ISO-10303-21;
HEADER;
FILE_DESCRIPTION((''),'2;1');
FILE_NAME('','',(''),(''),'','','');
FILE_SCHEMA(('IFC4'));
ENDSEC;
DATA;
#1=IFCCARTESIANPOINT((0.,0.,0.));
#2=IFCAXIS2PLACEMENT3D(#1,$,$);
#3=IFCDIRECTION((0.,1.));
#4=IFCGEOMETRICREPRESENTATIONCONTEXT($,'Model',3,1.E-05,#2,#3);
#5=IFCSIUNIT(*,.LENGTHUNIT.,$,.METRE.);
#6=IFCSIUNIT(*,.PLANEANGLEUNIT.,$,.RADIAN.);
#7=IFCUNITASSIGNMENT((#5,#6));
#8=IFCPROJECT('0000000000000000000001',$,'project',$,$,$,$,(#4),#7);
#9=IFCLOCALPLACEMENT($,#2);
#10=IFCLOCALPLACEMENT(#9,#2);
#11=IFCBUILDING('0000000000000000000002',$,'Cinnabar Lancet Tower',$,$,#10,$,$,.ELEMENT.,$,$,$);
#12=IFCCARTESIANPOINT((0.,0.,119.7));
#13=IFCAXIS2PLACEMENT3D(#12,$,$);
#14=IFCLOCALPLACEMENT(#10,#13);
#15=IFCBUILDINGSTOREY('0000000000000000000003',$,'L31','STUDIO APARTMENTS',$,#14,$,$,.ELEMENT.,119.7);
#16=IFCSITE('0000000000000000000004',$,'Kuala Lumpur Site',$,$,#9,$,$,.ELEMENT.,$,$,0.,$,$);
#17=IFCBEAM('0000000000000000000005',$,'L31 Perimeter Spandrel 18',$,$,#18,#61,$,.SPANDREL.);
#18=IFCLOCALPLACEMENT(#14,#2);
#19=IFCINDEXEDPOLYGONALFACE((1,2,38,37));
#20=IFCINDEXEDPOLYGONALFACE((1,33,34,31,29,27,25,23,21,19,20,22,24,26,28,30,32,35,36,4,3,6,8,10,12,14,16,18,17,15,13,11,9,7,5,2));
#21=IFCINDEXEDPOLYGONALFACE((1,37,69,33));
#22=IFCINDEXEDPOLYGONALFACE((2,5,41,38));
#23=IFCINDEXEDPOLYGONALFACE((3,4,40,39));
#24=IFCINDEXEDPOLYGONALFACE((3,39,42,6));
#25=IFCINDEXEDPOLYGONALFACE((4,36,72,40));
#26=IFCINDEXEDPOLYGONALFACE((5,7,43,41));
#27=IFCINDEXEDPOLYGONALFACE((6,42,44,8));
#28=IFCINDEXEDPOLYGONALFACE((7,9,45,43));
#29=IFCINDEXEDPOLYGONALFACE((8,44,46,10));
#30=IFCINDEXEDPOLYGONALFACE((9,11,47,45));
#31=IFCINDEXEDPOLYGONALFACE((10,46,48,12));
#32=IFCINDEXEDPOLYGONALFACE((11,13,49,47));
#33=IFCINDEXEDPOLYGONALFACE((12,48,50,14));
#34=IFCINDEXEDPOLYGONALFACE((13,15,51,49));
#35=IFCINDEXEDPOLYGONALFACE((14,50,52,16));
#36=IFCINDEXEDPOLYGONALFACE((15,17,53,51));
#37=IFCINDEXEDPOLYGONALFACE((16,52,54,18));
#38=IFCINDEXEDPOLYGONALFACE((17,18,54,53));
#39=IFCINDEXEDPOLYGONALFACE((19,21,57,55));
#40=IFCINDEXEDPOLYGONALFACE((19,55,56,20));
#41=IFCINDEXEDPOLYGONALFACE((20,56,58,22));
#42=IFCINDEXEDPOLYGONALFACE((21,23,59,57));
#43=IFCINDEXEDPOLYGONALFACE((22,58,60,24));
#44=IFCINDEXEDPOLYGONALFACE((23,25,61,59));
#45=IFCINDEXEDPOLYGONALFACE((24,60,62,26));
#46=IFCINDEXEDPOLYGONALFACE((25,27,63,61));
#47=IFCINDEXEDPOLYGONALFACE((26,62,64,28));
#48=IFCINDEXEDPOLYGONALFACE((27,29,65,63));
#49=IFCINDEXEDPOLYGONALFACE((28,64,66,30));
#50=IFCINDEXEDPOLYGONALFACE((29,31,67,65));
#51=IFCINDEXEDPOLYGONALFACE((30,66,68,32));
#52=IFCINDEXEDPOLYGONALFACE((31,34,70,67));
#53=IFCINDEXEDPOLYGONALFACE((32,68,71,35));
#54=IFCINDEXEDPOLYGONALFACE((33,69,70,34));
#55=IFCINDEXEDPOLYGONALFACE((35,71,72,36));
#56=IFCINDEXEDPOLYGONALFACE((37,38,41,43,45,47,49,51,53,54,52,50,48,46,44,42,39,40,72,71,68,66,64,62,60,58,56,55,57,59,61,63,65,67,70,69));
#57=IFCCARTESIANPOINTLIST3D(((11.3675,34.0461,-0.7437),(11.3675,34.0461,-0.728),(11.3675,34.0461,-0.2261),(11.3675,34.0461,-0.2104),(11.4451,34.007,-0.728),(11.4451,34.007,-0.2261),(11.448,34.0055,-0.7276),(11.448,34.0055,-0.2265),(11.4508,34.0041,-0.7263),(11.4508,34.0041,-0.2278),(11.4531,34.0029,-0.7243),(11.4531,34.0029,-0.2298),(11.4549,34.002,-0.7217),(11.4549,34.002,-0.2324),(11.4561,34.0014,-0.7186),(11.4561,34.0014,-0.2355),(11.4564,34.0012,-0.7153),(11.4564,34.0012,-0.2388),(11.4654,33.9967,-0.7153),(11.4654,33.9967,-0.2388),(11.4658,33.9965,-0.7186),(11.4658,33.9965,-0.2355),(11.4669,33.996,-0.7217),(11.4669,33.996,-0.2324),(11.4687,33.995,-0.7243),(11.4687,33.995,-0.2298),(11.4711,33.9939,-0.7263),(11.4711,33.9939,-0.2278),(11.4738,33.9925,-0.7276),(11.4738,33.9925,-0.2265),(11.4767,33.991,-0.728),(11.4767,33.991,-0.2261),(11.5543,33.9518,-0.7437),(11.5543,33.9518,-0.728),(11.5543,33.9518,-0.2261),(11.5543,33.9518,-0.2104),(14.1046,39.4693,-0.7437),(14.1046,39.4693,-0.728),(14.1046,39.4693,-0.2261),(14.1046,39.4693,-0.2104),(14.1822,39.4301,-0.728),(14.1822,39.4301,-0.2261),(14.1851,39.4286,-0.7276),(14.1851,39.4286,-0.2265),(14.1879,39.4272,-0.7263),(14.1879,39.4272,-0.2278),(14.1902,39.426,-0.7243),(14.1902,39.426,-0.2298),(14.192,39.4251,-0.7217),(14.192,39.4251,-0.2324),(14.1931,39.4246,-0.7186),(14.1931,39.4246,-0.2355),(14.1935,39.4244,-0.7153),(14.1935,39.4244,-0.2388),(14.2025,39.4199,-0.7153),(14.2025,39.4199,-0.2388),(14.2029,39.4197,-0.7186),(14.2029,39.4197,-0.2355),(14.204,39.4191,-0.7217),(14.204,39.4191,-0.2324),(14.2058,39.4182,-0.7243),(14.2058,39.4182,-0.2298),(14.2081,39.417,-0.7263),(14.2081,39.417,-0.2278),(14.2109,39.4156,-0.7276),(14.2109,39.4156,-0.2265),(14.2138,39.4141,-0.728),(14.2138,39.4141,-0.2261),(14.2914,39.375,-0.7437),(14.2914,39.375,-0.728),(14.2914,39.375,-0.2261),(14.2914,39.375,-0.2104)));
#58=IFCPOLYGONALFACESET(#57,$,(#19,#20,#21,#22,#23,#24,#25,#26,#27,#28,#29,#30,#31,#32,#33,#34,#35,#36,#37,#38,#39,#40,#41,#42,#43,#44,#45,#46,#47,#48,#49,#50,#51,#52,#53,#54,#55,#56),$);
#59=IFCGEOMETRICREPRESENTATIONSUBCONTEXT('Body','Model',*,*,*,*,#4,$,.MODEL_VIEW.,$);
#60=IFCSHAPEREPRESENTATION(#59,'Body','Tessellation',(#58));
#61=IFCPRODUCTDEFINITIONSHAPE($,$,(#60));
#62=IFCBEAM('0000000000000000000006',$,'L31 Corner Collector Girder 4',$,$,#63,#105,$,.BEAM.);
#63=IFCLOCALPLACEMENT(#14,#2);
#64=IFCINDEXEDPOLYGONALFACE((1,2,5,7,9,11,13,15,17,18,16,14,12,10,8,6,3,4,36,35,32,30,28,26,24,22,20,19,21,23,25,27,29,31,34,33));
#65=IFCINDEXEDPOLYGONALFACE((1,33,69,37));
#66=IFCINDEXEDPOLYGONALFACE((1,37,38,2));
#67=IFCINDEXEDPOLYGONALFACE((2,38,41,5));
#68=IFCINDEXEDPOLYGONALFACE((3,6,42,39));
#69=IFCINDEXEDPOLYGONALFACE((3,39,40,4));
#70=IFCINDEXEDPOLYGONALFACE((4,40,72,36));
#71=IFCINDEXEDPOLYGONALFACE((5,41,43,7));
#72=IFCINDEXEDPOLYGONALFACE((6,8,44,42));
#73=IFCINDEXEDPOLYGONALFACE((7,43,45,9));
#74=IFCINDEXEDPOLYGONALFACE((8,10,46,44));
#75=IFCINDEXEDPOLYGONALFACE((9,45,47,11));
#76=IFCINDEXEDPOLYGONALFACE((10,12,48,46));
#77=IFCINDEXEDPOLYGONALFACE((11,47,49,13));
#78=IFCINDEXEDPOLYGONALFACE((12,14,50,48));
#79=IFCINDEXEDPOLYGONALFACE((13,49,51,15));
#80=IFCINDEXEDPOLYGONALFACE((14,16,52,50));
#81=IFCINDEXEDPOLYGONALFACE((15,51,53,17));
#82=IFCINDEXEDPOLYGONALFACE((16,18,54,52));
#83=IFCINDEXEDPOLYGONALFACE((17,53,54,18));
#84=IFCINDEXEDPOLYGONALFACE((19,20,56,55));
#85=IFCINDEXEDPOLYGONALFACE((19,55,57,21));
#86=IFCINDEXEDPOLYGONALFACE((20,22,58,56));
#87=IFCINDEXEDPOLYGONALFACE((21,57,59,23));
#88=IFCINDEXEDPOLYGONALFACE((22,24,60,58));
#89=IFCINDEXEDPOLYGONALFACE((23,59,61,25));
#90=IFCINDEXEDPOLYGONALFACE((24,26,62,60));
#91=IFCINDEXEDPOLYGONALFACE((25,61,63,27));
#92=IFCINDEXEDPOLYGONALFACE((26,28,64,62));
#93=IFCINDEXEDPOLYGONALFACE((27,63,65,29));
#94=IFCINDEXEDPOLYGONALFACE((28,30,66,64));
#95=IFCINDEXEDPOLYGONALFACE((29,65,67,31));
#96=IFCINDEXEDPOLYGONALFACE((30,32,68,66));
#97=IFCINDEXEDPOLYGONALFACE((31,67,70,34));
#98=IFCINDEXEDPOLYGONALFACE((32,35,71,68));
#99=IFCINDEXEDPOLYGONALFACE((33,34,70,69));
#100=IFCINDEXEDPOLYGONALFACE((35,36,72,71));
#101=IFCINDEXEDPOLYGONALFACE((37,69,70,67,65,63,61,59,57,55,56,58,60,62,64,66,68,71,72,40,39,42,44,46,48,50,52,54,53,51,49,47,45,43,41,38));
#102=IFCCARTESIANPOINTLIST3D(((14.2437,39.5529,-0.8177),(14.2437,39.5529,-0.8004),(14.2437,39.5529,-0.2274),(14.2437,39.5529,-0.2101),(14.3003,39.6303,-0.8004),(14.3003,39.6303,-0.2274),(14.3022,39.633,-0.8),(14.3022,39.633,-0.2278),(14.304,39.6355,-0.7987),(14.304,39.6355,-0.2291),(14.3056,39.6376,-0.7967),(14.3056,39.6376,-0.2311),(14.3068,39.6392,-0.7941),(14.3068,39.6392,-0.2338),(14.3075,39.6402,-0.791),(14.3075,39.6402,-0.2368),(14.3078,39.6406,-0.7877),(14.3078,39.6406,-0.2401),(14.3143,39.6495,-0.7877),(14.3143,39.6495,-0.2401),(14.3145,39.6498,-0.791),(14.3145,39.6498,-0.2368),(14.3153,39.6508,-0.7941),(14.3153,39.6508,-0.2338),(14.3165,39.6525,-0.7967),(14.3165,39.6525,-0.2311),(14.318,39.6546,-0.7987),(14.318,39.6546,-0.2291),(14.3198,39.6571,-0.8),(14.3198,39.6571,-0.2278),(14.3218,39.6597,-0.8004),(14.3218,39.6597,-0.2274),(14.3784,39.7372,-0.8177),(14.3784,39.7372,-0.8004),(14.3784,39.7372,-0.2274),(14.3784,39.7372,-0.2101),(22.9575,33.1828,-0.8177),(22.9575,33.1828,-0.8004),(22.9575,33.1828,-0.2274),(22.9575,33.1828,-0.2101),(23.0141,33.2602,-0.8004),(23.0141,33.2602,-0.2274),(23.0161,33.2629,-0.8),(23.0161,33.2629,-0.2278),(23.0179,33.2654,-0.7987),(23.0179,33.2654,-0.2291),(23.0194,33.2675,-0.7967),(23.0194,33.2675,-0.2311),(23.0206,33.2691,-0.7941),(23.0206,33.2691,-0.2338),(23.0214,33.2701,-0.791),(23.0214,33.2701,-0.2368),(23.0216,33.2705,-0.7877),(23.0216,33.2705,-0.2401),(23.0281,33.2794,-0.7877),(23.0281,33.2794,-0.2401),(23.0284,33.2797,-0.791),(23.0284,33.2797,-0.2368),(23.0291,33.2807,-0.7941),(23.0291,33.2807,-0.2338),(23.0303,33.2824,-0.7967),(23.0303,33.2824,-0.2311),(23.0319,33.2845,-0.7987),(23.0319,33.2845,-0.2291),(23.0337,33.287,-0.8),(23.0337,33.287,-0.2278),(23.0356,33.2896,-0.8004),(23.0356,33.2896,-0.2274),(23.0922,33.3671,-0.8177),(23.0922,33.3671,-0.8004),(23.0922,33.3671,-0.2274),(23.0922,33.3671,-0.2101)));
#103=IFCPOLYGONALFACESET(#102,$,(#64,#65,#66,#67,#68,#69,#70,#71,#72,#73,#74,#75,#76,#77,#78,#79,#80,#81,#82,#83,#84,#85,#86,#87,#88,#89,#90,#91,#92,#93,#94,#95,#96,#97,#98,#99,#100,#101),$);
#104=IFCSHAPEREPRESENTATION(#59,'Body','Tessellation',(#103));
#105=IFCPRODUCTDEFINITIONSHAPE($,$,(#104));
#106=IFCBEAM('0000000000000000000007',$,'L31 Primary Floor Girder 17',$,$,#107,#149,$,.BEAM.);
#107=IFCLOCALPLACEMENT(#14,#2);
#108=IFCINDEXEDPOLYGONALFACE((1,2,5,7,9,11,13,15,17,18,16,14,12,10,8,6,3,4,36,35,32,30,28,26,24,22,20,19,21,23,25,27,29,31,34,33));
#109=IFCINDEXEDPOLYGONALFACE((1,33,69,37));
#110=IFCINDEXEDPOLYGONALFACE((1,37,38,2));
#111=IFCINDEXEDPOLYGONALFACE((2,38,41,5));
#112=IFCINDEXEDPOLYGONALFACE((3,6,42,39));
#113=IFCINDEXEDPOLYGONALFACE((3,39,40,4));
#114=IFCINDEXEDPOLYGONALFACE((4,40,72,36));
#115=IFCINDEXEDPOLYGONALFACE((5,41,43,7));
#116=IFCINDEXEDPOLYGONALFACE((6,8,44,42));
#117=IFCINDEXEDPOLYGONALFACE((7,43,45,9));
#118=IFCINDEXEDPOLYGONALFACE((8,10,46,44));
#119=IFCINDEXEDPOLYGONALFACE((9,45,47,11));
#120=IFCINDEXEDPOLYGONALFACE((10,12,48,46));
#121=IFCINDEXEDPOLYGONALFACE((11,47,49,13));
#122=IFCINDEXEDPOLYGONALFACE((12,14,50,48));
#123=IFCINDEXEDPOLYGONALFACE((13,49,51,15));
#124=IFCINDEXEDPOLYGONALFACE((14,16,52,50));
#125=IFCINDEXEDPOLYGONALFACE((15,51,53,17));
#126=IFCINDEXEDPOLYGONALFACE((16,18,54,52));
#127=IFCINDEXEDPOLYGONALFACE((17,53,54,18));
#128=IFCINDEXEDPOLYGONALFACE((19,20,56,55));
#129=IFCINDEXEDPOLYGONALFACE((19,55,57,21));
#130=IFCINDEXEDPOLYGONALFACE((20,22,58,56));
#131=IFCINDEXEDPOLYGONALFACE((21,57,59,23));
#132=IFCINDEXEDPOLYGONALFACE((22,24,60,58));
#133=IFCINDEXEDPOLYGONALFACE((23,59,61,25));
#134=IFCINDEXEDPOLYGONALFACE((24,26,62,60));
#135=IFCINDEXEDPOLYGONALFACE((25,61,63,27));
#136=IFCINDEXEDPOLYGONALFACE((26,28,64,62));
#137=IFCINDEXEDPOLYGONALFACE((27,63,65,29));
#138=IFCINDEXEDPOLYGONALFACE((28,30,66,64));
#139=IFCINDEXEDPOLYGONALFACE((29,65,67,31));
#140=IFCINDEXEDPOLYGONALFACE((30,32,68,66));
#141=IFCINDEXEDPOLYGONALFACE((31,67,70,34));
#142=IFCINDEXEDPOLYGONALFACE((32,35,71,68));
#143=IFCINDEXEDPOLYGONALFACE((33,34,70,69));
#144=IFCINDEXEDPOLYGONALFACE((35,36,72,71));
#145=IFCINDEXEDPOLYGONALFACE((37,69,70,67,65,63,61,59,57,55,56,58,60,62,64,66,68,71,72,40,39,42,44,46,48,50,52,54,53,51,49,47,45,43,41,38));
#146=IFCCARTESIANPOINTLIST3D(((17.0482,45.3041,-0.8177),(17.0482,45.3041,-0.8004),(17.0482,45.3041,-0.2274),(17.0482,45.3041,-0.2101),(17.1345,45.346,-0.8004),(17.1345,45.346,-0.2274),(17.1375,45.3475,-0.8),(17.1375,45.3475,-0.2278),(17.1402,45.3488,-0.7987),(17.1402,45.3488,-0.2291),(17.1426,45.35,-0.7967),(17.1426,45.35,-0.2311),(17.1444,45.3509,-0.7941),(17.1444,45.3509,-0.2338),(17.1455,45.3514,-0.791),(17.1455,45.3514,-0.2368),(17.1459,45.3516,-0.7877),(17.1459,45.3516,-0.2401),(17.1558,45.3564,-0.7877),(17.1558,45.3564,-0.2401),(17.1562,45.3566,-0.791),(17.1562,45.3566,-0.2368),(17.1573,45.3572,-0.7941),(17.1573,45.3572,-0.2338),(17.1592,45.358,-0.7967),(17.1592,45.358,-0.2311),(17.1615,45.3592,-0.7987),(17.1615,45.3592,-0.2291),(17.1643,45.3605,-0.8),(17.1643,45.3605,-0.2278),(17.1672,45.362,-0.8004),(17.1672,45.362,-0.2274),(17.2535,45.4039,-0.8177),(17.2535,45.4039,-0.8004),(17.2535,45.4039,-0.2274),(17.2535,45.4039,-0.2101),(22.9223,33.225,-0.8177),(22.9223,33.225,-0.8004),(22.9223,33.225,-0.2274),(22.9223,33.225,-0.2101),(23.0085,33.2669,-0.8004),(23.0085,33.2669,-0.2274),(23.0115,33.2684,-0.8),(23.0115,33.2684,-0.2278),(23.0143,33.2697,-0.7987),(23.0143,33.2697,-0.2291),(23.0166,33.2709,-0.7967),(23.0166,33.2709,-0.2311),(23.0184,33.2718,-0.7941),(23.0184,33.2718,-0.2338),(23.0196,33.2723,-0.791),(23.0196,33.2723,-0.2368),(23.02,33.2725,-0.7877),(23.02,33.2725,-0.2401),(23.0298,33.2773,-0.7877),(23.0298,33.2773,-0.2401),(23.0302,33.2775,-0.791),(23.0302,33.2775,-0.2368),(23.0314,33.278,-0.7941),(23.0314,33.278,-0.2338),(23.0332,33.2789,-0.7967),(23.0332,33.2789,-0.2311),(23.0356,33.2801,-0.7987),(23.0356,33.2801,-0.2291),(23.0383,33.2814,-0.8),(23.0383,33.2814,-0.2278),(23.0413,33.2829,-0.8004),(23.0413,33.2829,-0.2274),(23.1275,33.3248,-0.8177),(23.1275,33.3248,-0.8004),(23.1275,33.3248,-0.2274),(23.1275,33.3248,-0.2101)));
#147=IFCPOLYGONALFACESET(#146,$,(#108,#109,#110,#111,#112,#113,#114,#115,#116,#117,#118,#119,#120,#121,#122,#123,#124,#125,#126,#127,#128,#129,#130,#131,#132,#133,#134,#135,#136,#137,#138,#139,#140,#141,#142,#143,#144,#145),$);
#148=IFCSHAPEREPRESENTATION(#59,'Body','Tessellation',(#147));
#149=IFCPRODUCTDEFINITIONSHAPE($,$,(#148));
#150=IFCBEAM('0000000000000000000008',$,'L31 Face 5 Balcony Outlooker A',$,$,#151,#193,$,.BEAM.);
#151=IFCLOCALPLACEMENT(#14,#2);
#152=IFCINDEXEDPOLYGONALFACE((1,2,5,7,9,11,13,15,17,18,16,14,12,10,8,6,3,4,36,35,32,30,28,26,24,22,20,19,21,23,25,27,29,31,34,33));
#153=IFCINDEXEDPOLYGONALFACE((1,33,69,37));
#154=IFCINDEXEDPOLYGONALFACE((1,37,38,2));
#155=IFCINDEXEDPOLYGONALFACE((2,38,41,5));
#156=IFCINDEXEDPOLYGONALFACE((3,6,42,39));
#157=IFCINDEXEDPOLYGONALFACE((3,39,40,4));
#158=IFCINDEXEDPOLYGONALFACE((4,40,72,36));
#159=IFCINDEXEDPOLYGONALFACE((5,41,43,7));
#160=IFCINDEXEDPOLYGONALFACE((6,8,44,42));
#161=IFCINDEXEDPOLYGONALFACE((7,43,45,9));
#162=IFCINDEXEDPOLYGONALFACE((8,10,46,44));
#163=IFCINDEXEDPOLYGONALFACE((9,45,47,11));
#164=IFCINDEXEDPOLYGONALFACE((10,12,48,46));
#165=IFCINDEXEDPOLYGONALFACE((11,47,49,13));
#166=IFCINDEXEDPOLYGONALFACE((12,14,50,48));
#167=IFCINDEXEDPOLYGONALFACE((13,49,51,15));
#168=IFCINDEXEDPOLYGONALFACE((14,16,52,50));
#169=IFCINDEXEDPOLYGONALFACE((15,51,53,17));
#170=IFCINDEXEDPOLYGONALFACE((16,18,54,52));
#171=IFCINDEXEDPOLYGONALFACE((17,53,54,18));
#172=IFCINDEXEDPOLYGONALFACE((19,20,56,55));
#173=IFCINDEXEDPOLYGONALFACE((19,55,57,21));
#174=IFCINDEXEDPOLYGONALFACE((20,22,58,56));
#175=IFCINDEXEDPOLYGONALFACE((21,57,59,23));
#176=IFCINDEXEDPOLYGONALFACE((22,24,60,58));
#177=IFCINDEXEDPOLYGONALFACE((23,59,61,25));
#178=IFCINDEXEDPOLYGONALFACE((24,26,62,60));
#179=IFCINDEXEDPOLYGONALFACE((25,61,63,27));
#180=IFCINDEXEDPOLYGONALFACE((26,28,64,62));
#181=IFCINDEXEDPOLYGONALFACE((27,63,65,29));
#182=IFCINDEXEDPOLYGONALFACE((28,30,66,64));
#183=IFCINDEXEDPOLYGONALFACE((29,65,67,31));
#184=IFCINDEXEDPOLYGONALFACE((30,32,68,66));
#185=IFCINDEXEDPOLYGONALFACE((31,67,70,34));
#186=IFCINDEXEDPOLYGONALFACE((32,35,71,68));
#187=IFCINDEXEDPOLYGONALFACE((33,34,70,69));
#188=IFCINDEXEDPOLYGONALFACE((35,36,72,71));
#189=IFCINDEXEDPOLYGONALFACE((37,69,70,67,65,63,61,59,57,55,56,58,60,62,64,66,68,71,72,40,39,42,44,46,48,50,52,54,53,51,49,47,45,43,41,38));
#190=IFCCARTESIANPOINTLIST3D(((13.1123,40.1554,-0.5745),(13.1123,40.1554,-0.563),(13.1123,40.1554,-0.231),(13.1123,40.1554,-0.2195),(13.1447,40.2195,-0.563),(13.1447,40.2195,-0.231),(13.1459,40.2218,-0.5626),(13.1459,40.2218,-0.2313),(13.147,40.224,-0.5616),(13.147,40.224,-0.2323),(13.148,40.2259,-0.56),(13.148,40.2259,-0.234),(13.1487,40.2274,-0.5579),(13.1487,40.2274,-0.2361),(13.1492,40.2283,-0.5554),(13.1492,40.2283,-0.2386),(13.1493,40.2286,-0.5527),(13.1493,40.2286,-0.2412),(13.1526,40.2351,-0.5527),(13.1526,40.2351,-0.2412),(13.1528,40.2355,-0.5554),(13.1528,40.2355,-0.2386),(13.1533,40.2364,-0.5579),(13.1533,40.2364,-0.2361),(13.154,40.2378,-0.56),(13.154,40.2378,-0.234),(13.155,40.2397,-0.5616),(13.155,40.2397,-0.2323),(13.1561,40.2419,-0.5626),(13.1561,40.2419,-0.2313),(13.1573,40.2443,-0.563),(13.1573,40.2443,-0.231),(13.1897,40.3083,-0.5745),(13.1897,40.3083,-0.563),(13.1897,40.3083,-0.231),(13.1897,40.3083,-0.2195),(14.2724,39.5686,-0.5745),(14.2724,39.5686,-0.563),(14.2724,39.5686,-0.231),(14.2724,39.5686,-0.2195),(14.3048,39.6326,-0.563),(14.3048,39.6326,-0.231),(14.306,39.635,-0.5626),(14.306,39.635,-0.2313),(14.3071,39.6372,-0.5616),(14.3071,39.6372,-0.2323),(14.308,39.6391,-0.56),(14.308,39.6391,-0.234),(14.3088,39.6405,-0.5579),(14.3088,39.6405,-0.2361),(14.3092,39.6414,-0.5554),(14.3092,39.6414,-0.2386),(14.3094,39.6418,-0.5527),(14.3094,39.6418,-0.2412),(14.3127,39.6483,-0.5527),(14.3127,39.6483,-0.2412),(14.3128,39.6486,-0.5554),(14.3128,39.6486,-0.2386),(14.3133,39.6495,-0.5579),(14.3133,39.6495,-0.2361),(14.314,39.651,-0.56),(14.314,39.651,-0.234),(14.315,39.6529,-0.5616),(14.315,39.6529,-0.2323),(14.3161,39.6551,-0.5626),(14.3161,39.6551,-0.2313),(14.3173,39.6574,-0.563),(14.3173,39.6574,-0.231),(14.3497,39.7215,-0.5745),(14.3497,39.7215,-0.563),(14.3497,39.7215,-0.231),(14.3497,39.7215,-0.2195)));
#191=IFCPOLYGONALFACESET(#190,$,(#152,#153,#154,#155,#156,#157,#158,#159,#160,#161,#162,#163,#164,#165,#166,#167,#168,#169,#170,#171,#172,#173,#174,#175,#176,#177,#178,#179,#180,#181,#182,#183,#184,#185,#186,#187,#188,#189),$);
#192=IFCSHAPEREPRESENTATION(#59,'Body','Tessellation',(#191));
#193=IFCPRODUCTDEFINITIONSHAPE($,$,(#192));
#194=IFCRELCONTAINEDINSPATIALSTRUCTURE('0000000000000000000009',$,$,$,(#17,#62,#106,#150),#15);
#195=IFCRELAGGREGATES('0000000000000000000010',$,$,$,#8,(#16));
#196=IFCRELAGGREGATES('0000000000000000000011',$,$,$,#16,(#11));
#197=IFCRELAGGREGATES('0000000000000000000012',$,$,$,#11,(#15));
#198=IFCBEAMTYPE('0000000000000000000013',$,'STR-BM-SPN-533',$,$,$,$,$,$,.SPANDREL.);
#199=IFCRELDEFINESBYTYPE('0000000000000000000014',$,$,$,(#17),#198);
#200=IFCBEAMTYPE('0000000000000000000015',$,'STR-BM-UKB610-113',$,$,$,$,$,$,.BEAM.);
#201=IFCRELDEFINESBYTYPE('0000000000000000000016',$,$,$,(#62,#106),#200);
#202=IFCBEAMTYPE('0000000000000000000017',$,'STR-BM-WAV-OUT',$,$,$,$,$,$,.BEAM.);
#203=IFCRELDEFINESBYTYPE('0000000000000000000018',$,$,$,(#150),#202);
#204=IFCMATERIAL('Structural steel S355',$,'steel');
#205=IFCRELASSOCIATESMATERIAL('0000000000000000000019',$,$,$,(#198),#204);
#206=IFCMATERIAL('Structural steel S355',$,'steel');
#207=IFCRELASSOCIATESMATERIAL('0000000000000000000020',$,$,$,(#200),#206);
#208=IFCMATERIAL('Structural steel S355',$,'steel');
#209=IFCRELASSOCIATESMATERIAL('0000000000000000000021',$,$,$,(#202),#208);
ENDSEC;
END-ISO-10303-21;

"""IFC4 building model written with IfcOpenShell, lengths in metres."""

from ifc_helpers import new_model, si_unit, direction, frame, origin, origin_2d, place, context, subcontext, project, spatial, i_section, extrude, material, material_profile, profile_set, type_object, element, save


model = new_model("IFC4")

# Units and contexts
model_context = context("Model", 3, precision=1e-05, world=origin(), true_north=direction((0.0, 1.0)))
body_context = subcontext(model_context, "Body", "Model", "MODEL_VIEW")
ifc_project = project(units=[si_unit("LENGTHUNIT", "METRE"), si_unit("PLANEANGLEUNIT", "RADIAN")], contexts=[model_context])

# Site, building, storey
site_placement = place(None, origin())
site = spatial("IfcSite", under=ifc_project, at=site_placement, Name="Kuala Lumpur Site", CompositionType="ELEMENT", RefElevation=0.0)
building_placement = place(site_placement, origin())
building = spatial("IfcBuilding", under=site, at=building_placement, Name="Cinnabar Lancet Tower", CompositionType="ELEMENT")
storey_placement = place(building_placement, frame((0.0, 0.0, 119.7)))
storey = spatial("IfcBuildingStorey", under=building, at=storey_placement, Name="L31", Description="STUDIO APARTMENTS", CompositionType="ELEMENT", Elevation=119.7)

# Beams
ifc_material_1 = material(Name="Structural steel S355", Category="steel")
ifc_material_profile_1 = material_profile(ifc_material_1, i_section(OverallWidth=0.2092, OverallDepth=0.5332, WebThickness=0.01, FlangeThickness=0.0156, FilletRadius=0.0127, at=origin_2d()), Name="UKB 533x210x92")
ifc_profile_set_1 = profile_set([ifc_material_profile_1], Name="Structural steel S355")
beam_type_1 = type_object("IfcBeamType", Name="STR-BM-SPN-533", PredefinedType="SPANDREL", material=ifc_profile_set_1)
beam_1_placement = place(storey_placement, frame((14.198, 39.4221, -0.4771), z_axis=(-0.45057, -0.892741, 0.0), x_axis=(0.892741, -0.45057, 0.0)))
element("IfcBeam", 1, at=beam_1_placement, inside=storey, type_object=beam_type_1, Name="L31 Perimeter Spandrel 18", PredefinedType="SPANDREL", context=body_context, shape_type="SweptSolid", body=[
    extrude(i_section(OverallWidth=0.2092, OverallDepth=0.5332, WebThickness=0.01, FlangeThickness=0.0156, FilletRadius=0.0127, at=origin_2d()), origin(), (0.0, 0.0, 1.0), 6.0747),
])
ifc_material_2 = material(Name="Structural steel S355", Category="steel")
ifc_material_profile_2 = material_profile(ifc_material_2, i_section(OverallWidth=0.2283, OverallDepth=0.6077, WebThickness=0.011, FlangeThickness=0.0173, FilletRadius=0.0127, at=origin_2d()), Name="UKB 610x229x113")
ifc_profile_set_2 = profile_set([ifc_material_profile_2], Name="Structural steel S355")
beam_type_2 = type_object("IfcBeamType", Name="STR-BM-UKB610-113", PredefinedType="BEAM", material=ifc_profile_set_2)
beam_2_placement = place(storey_placement, frame((14.311, 39.645, -0.5139), z_axis=(0.80729, -0.590155, 0.0), x_axis=(0.590155, 0.80729, 0.0)))
element("IfcBeam", 2, at=beam_2_placement, inside=storey, type_object=beam_type_2, Name="L31 Corner Collector Girder 4", PredefinedType="BEAM", context=body_context, shape_type="SweptSolid", body=[
    extrude(i_section(OverallWidth=0.2283, OverallDepth=0.6077, WebThickness=0.011, FlangeThickness=0.0173, FilletRadius=0.0127, at=origin_2d()), origin(), (0.0, 0.0, 1.0), 10.7939),
])
beam_3_placement = place(storey_placement, frame((17.1509, 45.354, -0.5139), z_axis=(0.437327, -0.899302, 0.0), x_axis=(0.899302, 0.437327, 0.0)))
element("IfcBeam", 3, at=beam_3_placement, inside=storey, type_object=beam_type_2, Name="L31 Primary Floor Girder 17", PredefinedType="BEAM", context=body_context, shape_type="SweptSolid", body=[
    extrude(i_section(OverallWidth=0.2283, OverallDepth=0.6077, WebThickness=0.011, FlangeThickness=0.0173, FilletRadius=0.0127, at=origin_2d()), origin(), (0.0, 0.0, 1.0), 13.4316),
])
ifc_material_3 = material(Name="Structural steel S355", Category="steel")
ifc_material_profile_3 = material_profile(ifc_material_3, i_section(OverallWidth=0.1714, OverallDepth=0.355, WebThickness=0.0073, FlangeThickness=0.0115, FilletRadius=0.0103, at=origin_2d()), Name="UKB 356x171x51")
ifc_profile_set_3 = profile_set([ifc_material_profile_3], Name="Structural steel S355")
beam_type_3 = type_object("IfcBeamType", Name="STR-BM-WAV-OUT", PredefinedType="BEAM", material=ifc_profile_set_3)
beam_4_placement = place(storey_placement, frame((14.311, 39.645, -0.397), z_axis=(-0.892314, 0.451415, 0.0), x_axis=(-0.451415, -0.892314, 0.0)))
element("IfcBeam", 4, at=beam_4_placement, inside=storey, type_object=beam_type_3, Name="L31 Face 5 Balcony Outlooker A", PredefinedType="BEAM", context=body_context, shape_type="SweptSolid", body=[
    extrude(i_section(OverallWidth=0.1714, OverallDepth=0.355, WebThickness=0.0073, FlangeThickness=0.0115, FilletRadius=0.0103, at=origin_2d()), origin(), (0.0, 0.0, 1.0), 1.3),
])

save(model, "model.ifc")
